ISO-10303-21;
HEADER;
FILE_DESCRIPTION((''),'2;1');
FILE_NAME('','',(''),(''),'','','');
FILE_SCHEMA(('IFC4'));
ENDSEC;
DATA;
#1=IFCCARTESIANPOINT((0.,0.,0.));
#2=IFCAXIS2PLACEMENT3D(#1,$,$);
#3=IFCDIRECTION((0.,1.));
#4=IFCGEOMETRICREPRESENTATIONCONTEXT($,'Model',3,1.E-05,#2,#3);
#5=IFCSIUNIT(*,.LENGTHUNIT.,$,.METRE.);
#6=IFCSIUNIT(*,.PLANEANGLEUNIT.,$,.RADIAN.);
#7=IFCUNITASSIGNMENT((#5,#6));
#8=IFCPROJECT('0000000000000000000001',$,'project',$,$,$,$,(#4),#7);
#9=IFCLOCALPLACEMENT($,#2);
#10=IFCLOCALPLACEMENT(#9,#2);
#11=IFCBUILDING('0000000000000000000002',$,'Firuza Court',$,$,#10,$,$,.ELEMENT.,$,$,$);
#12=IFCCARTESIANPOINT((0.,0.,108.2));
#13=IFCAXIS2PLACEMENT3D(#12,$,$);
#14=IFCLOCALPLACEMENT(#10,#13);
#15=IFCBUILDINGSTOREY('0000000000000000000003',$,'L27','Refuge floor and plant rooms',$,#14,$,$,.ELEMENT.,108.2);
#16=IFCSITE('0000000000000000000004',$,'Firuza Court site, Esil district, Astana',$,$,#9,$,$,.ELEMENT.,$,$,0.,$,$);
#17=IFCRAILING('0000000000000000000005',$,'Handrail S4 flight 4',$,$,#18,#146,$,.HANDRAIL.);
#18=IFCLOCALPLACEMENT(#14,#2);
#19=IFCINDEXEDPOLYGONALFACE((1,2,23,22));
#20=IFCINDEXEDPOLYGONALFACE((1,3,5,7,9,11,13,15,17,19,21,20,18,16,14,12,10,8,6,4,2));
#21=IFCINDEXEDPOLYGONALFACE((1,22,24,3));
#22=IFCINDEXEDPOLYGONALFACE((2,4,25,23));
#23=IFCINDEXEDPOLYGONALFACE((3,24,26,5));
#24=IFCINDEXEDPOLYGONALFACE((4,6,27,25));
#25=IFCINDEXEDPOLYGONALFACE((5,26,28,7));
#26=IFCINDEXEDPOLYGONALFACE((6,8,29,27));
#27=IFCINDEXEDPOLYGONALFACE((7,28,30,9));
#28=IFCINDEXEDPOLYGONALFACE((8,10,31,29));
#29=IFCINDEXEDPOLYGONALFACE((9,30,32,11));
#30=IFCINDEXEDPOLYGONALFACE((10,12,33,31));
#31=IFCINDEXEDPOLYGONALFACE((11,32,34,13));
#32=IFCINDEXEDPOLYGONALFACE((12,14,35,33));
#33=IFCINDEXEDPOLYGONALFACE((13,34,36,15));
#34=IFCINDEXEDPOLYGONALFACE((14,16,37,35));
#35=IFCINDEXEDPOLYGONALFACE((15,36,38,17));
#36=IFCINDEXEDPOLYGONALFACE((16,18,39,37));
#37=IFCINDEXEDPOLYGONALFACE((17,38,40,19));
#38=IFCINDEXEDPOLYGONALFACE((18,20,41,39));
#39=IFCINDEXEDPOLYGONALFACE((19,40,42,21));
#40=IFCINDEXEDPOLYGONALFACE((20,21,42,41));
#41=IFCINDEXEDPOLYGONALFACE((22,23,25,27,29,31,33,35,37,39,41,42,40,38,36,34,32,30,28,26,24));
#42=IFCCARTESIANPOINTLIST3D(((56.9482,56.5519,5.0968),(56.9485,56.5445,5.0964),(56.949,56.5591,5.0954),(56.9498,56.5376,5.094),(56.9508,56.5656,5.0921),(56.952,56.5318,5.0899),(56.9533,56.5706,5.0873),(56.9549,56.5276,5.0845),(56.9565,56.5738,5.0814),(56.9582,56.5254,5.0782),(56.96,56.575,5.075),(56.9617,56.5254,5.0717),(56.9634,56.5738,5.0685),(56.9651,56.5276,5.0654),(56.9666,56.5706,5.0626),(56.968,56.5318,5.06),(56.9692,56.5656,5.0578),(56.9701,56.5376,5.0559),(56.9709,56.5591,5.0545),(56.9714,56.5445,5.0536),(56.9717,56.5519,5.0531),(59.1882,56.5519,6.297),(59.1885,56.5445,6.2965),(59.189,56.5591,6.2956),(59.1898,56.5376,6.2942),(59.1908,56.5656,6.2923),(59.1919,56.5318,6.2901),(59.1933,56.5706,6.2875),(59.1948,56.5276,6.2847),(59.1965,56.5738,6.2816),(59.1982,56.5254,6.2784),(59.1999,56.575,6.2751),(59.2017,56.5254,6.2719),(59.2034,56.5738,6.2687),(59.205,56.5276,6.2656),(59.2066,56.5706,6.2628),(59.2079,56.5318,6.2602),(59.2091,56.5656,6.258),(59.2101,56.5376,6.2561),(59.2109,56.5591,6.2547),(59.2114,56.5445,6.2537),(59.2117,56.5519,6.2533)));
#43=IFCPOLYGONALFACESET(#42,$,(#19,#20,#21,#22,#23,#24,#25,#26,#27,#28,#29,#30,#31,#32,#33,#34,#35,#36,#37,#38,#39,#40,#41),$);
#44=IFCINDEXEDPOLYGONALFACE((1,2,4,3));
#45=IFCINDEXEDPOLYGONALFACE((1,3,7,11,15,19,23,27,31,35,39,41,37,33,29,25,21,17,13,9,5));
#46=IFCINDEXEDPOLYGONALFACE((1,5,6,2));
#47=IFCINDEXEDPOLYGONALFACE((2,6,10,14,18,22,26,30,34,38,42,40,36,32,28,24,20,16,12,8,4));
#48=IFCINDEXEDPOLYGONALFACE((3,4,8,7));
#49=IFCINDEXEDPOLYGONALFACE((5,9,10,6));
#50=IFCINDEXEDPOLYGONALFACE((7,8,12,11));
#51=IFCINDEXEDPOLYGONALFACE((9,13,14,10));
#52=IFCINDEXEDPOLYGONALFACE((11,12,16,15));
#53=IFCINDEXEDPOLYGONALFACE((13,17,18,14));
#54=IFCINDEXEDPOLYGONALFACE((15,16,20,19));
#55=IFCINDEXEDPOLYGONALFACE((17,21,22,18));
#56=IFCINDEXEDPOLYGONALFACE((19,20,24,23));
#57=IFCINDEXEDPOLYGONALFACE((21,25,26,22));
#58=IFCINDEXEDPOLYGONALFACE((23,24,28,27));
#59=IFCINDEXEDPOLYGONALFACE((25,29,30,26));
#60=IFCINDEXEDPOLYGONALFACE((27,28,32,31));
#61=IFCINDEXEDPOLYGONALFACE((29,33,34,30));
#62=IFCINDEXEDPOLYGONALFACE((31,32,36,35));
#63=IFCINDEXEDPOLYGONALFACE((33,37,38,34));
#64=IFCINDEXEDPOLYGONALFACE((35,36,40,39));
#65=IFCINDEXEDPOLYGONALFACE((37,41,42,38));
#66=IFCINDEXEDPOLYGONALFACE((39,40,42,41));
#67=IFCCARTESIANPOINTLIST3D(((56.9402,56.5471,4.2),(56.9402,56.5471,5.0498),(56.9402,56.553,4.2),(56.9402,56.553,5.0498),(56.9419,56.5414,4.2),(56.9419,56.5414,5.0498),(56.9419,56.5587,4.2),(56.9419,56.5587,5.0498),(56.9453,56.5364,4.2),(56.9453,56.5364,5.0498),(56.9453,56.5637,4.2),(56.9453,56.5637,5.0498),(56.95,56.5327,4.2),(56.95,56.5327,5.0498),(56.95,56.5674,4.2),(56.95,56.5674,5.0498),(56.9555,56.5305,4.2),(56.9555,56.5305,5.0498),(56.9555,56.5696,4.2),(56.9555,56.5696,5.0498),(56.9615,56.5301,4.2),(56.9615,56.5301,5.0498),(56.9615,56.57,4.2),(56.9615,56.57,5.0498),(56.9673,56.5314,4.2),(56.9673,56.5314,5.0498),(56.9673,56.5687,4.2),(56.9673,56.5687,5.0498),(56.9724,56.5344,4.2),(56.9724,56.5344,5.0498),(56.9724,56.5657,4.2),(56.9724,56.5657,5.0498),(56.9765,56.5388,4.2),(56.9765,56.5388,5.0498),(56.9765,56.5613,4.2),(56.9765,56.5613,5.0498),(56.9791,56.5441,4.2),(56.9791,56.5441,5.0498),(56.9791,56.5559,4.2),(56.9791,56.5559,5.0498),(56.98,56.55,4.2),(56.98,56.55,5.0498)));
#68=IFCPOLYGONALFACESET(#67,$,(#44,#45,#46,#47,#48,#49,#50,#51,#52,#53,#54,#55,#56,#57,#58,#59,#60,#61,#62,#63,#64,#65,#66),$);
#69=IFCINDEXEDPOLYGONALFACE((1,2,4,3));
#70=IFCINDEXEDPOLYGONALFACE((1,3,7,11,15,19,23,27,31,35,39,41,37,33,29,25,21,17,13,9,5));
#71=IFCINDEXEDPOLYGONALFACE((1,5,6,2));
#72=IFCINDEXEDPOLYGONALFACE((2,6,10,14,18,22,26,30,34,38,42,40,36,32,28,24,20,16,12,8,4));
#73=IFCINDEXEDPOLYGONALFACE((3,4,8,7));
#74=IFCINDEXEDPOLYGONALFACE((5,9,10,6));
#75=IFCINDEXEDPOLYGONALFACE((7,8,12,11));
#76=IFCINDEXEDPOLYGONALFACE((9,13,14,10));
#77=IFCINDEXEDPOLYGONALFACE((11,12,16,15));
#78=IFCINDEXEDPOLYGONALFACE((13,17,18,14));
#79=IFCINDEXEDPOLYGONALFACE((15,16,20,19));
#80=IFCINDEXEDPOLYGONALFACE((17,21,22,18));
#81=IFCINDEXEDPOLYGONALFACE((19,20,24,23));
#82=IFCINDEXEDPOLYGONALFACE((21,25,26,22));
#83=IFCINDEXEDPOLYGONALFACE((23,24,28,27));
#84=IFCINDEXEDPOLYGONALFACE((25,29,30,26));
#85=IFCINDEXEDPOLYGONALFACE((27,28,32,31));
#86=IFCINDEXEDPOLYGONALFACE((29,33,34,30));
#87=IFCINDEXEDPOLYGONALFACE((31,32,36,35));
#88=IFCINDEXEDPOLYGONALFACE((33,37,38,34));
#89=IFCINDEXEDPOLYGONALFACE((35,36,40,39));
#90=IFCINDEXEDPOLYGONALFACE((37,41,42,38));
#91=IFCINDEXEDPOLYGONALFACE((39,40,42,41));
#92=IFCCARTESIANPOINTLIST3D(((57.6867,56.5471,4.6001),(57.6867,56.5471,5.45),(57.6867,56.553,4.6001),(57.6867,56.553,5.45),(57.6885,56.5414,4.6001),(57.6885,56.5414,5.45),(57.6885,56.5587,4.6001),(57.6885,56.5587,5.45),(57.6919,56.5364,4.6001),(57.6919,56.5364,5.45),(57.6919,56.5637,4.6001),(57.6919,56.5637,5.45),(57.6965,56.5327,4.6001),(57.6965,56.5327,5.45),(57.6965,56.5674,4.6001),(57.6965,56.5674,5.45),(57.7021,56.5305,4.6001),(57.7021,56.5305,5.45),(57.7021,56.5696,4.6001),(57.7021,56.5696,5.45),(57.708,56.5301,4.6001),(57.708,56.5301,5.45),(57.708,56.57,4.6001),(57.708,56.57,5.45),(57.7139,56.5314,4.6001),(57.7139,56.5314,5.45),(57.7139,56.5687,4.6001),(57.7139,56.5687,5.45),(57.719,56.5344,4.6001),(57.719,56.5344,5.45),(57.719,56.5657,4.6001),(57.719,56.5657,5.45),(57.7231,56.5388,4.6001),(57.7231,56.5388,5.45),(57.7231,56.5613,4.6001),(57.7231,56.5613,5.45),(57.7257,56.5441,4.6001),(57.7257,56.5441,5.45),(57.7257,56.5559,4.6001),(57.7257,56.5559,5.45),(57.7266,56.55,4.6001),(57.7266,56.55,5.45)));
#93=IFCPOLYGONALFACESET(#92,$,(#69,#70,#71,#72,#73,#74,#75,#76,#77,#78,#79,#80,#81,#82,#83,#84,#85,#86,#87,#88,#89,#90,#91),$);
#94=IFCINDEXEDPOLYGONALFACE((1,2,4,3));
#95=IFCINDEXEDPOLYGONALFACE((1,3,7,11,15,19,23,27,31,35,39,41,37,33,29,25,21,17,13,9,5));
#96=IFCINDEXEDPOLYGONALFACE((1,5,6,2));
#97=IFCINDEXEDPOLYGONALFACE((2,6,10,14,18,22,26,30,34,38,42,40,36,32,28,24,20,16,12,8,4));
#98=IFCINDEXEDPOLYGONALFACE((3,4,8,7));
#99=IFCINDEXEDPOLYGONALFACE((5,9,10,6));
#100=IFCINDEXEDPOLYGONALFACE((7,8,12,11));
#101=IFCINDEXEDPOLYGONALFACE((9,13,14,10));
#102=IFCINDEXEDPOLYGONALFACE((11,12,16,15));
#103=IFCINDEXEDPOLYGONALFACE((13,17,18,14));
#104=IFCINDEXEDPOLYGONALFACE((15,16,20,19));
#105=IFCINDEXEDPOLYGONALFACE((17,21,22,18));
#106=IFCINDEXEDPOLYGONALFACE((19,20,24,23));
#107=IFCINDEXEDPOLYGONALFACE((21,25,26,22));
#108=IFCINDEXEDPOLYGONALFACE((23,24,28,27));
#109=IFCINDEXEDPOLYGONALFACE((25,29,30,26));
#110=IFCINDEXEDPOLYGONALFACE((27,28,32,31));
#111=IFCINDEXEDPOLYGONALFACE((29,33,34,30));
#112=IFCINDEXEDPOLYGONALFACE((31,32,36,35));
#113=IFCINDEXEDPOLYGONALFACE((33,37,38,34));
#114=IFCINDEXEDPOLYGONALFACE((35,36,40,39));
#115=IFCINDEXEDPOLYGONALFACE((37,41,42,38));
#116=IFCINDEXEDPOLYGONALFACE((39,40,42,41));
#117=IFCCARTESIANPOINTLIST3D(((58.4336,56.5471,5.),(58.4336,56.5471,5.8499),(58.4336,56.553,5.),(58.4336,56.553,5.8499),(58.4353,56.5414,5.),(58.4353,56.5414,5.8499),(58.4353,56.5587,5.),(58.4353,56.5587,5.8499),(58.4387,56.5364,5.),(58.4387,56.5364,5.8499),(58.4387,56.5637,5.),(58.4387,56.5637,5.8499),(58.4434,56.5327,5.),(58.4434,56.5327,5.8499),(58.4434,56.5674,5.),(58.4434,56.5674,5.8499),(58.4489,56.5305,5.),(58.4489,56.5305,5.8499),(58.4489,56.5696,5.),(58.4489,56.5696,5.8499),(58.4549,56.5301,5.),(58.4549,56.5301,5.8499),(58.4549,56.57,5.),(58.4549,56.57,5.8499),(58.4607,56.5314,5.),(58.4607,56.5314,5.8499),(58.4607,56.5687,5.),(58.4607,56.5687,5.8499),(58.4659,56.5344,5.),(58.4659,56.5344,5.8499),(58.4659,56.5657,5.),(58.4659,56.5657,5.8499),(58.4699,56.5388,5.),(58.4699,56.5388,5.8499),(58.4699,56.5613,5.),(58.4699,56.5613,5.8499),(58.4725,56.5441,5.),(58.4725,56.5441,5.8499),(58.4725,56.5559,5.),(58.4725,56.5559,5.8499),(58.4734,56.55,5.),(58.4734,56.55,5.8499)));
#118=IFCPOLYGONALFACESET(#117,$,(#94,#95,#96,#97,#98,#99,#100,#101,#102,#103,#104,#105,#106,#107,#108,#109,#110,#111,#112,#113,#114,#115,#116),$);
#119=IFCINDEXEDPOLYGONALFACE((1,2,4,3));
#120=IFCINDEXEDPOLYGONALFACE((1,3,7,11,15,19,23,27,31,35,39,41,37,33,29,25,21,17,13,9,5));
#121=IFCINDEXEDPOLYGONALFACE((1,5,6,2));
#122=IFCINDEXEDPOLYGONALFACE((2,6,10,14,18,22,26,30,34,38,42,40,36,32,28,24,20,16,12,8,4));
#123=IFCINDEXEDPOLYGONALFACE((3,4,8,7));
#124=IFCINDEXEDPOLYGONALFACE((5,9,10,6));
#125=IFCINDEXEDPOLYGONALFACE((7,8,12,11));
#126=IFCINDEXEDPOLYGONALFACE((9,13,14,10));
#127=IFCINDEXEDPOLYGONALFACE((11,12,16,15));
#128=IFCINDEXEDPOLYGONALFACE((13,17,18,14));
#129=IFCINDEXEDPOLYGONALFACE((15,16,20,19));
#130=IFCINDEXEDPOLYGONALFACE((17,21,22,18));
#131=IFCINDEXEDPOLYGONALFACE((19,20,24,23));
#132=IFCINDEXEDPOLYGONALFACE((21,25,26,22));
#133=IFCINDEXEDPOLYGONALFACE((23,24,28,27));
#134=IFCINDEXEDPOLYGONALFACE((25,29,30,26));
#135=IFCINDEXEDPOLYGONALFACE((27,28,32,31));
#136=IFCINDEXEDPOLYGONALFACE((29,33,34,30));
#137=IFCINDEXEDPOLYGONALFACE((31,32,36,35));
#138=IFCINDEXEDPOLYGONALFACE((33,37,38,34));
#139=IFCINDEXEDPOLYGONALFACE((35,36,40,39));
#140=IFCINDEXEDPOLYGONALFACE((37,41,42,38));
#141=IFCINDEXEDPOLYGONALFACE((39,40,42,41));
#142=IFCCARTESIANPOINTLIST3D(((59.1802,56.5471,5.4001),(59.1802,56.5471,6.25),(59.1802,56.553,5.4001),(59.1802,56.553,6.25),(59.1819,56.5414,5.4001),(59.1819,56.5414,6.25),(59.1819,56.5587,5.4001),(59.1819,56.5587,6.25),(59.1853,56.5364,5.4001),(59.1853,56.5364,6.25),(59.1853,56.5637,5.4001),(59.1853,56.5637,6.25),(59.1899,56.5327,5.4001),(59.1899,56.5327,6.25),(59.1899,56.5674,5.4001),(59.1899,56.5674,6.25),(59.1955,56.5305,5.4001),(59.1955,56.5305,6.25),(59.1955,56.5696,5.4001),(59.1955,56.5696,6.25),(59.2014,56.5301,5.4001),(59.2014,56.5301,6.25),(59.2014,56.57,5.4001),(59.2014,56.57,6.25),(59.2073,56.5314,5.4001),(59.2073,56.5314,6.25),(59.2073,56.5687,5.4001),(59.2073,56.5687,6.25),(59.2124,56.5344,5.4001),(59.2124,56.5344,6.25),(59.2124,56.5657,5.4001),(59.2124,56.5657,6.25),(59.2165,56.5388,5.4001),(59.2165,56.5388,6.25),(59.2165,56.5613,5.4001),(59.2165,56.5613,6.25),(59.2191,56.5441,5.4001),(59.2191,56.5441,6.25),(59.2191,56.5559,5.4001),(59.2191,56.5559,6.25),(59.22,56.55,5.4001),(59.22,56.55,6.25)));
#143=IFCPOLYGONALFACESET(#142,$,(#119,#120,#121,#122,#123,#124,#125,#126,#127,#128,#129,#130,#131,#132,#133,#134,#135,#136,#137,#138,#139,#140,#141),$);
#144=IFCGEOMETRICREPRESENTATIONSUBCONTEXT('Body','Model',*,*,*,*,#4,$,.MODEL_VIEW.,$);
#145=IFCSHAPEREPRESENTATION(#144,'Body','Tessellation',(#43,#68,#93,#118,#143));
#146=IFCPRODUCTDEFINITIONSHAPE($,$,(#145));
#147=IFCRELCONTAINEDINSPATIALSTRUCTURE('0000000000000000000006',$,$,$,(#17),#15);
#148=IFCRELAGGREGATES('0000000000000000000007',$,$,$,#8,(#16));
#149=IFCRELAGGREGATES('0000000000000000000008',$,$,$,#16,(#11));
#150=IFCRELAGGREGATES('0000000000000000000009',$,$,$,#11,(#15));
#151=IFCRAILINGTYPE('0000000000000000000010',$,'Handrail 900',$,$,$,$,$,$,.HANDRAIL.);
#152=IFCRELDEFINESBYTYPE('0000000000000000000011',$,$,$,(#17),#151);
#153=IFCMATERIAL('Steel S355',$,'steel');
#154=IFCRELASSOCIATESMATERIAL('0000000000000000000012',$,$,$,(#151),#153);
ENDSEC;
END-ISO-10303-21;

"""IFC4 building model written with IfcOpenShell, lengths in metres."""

from ifc_helpers import new_model, si_unit, direction, frame, origin, origin_2d, place, context, subcontext, project, spatial, circle, extrude, material, type_object, element, save


model = new_model("IFC4")

# Units and contexts
model_context = context("Model", 3, precision=1e-05, world=origin(), true_north=direction((0.0, 1.0)))
body_context = subcontext(model_context, "Body", "Model", "MODEL_VIEW")
ifc_project = project(units=[si_unit("LENGTHUNIT", "METRE"), si_unit("PLANEANGLEUNIT", "RADIAN")], contexts=[model_context])

# Site, building, storey
site_placement = place(None, origin())
site = spatial("IfcSite", under=ifc_project, at=site_placement, Name="Firuza Court site, Esil district, Astana", CompositionType="ELEMENT", RefElevation=0.0)
building_placement = place(site_placement, origin())
building = spatial("IfcBuilding", under=site, at=building_placement, Name="Firuza Court", CompositionType="ELEMENT")
storey_placement = place(building_placement, frame((0.0, 0.0, 108.2)))
storey = spatial("IfcBuildingStorey", under=building, at=storey_placement, Name="L27", Description="Refuge floor and plant rooms", CompositionType="ELEMENT", Elevation=108.2)

# Railing
ifc_material_1 = material(Name="Steel S355", Category="steel")
railing_type_1 = type_object("IfcRailingType", Name="Handrail 900", PredefinedType="HANDRAIL", material=ifc_material_1)
railing_1_placement = place(storey_placement, frame((56.96, 56.55, 4.2)))
element("IfcRailing", 1, at=railing_1_placement, inside=storey, type_object=railing_type_1, Name="Handrail S4 flight 4", PredefinedType="HANDRAIL", context=body_context, shape_type="SweptSolid", body=[
    extrude(circle(Radius=0.0249, at=origin_2d()), frame((0.0, 0.0, 0.875), z_axis=(0.881447, 0.0, 0.472283), x_axis=(0.0, 1.0, 0.0)), (0.0, 0.0, 1.0), 2.5413),
    extrude(circle(Radius=0.02, at=origin_2d()), origin(), (0.0, 0.0, 1.0), 0.8499),
    extrude(circle(Radius=0.02, at=origin_2d()), frame((0.7466, 0.0, 0.4001)), (0.0, 0.0, 1.0), 0.8499),
    extrude(circle(Radius=0.02, at=origin_2d()), frame((1.4934, 0.0, 0.8)), (0.0, 0.0, 1.0), 0.8499),
    extrude(circle(Radius=0.02, at=origin_2d()), frame((2.24, 0.0, 1.2002)), (0.0, 0.0, 1.0), 0.8499),
])

save(model, "model.ifc")
